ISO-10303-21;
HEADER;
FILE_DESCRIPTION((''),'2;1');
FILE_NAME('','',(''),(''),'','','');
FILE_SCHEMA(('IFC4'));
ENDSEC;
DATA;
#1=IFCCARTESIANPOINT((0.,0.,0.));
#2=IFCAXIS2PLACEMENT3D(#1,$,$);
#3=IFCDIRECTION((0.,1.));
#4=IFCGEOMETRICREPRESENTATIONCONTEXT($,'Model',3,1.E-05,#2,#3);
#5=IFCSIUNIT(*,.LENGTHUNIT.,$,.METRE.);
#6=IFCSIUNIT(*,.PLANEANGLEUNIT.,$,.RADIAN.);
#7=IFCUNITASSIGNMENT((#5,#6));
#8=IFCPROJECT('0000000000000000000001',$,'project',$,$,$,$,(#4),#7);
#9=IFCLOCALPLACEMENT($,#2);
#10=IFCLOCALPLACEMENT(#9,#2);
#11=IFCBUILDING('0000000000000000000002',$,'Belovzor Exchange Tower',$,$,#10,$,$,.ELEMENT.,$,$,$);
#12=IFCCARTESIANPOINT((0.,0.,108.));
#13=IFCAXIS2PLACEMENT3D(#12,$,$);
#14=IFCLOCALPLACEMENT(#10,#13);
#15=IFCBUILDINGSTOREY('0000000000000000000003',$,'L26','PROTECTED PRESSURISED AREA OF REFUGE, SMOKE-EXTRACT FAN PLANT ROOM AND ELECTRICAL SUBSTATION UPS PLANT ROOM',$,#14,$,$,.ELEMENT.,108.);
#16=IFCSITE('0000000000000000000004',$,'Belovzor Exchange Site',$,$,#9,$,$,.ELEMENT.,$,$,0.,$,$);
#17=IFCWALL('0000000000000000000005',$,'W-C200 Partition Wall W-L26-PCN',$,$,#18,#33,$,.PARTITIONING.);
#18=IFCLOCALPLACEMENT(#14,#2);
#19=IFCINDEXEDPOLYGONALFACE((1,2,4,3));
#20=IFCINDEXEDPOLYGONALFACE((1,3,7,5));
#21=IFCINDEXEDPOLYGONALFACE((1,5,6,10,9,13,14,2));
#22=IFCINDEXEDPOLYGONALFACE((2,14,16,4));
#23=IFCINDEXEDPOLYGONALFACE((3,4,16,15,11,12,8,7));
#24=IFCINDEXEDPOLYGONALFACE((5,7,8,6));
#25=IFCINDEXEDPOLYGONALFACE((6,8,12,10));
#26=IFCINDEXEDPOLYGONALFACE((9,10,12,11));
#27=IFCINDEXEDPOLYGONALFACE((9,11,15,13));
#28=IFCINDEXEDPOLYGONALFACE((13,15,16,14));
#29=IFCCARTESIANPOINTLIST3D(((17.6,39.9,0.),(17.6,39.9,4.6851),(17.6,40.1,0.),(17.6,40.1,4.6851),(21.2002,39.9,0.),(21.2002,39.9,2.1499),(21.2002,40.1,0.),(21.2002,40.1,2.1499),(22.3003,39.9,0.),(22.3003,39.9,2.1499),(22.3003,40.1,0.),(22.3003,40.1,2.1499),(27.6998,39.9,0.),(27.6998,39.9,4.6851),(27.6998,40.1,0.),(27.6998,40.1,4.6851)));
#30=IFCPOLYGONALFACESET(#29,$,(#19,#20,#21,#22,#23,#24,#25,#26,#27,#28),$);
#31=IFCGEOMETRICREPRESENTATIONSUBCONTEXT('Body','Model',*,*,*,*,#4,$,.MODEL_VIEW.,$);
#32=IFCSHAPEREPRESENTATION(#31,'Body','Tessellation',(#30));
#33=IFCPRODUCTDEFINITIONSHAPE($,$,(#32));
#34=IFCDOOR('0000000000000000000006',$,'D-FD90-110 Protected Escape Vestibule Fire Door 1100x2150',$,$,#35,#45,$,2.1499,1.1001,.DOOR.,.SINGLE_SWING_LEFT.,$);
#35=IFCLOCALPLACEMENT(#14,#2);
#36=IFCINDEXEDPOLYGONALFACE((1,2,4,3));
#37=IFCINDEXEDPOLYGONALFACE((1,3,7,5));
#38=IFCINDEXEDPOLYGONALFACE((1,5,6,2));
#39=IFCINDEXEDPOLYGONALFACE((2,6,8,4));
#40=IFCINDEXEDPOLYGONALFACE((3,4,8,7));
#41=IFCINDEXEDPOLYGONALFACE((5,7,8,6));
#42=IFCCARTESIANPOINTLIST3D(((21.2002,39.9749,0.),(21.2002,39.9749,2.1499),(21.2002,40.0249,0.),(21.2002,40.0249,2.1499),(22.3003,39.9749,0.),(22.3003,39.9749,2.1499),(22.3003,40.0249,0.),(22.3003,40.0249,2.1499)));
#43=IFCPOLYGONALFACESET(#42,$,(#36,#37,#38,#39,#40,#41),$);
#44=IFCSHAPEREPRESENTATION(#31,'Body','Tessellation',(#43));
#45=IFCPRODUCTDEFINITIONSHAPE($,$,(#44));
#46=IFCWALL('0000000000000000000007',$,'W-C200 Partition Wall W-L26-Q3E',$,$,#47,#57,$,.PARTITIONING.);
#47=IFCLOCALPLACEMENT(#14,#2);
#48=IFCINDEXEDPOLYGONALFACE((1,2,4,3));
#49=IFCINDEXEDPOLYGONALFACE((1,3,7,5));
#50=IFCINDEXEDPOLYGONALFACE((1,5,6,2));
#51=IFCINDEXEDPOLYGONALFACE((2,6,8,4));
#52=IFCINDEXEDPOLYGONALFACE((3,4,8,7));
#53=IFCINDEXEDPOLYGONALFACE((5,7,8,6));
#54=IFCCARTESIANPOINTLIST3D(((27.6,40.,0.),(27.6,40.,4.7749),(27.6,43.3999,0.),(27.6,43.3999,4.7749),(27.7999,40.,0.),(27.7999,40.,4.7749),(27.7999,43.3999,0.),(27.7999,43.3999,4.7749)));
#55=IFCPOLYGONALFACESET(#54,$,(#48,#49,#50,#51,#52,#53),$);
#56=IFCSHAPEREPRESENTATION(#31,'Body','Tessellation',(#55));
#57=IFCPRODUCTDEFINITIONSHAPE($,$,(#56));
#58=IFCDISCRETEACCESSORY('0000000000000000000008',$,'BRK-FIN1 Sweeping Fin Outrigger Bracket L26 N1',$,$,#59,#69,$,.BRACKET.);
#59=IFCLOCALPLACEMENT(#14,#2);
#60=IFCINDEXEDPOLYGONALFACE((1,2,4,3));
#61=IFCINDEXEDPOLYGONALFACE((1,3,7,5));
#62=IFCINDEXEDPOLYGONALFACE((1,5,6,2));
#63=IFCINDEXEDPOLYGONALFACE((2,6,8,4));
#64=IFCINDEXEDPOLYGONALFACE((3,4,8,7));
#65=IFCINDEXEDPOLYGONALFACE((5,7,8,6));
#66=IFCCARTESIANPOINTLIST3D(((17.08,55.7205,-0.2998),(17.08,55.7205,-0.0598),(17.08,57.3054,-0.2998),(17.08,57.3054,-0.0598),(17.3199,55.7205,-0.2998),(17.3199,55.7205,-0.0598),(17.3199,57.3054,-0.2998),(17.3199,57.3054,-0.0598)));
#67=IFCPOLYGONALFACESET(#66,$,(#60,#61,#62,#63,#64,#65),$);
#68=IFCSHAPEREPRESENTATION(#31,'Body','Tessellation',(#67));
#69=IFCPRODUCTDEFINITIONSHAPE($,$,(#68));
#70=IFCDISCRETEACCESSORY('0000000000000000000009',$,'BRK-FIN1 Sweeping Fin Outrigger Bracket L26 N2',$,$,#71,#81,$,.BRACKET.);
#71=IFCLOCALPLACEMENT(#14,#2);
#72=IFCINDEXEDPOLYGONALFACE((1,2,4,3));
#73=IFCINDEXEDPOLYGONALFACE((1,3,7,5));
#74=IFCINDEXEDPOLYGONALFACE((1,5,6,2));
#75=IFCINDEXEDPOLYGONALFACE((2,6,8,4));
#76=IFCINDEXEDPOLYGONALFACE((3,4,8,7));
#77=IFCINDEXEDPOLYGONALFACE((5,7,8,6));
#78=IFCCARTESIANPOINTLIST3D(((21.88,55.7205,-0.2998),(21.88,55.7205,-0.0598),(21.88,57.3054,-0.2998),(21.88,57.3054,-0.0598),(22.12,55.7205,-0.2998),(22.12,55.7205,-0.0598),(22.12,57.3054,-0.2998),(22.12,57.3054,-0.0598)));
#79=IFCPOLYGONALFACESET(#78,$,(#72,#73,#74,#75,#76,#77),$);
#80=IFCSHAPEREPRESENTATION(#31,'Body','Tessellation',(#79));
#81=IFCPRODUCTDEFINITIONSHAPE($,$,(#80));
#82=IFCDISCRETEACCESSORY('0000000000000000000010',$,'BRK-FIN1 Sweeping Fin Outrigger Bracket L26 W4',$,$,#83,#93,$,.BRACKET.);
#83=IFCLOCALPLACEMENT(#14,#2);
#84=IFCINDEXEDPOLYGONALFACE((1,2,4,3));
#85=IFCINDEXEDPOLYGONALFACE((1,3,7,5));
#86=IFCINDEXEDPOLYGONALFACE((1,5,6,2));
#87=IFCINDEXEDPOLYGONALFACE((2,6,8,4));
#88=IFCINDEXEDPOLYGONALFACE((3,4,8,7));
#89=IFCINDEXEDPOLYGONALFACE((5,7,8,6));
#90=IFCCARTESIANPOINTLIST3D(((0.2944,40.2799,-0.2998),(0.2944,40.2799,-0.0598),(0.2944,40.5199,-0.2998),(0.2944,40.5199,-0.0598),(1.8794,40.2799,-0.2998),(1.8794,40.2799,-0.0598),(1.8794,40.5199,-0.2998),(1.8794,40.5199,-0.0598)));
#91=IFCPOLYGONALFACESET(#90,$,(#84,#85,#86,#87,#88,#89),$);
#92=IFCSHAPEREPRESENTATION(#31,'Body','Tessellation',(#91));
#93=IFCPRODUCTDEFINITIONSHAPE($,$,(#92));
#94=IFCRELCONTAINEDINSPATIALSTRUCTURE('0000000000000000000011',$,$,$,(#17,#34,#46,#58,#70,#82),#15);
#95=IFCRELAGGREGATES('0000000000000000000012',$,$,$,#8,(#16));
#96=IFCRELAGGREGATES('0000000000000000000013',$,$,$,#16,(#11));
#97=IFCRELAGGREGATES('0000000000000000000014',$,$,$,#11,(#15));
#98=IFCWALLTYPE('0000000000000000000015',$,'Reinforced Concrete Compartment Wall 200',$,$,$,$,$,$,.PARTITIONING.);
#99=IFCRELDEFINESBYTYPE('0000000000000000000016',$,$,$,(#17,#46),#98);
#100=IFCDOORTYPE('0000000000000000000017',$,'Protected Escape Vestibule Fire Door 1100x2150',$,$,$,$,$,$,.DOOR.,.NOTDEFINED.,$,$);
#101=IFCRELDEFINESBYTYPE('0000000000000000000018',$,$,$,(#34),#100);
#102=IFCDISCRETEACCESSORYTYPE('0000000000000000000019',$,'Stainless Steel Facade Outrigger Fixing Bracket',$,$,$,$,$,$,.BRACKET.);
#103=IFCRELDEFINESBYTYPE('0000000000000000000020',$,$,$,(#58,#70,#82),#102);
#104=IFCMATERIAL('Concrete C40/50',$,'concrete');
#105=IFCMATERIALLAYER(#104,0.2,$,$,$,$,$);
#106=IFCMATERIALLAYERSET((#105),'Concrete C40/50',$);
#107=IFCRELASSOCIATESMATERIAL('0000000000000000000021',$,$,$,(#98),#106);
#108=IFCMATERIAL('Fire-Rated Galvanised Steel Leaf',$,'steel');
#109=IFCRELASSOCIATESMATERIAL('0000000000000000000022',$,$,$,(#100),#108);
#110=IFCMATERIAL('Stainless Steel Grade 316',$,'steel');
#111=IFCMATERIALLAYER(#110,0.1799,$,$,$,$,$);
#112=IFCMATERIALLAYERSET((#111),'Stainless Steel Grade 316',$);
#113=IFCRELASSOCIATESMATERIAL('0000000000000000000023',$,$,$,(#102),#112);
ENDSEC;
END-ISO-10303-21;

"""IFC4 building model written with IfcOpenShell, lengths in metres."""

from ifc_helpers import new_model, si_unit, direction, frame, frame_2d, origin, origin_2d, place, context, subcontext, project, spatial, rectangle, extrude, material, layer, layer_set, type_object, element, fill, save


model = new_model("IFC4")

# Units and contexts
model_context = context("Model", 3, precision=1e-05, world=origin(), true_north=direction((0.0, 1.0)))
body_context = subcontext(model_context, "Body", "Model", "MODEL_VIEW")
ifc_project = project(units=[si_unit("LENGTHUNIT", "METRE"), si_unit("PLANEANGLEUNIT", "RADIAN")], contexts=[model_context])

# Site, building, storey
site_placement = place(None, origin())
site = spatial("IfcSite", under=ifc_project, at=site_placement, Name="Belovzor Exchange Site", CompositionType="ELEMENT", RefElevation=0.0)
building_placement = place(site_placement, origin())
building = spatial("IfcBuilding", under=site, at=building_placement, Name="Belovzor Exchange Tower", CompositionType="ELEMENT")
storey_placement = place(building_placement, frame((0.0, 0.0, 108.0)))
storey = spatial("IfcBuildingStorey", under=building, at=storey_placement, Name="L26", Description="PROTECTED PRESSURISED AREA OF REFUGE, SMOKE-EXTRACT FAN PLANT ROOM AND ELECTRICAL SUBSTATION UPS PLANT ROOM", CompositionType="ELEMENT", Elevation=108.0)

# Wall, opening, door
ifc_material_1 = material(Name="Concrete C40/50", Category="concrete")
ifc_layer_1 = layer(ifc_material_1, 0.2)
ifc_layer_set_1 = layer_set([ifc_layer_1], Name="Concrete C40/50")
wall_type_1 = type_object("IfcWallType", Name="Reinforced Concrete Compartment Wall 200", PredefinedType="PARTITIONING", material=ifc_layer_set_1)
wall_1_placement = place(storey_placement, frame((17.6001, 40.0, 0.0), z_axis=(0.0, 0.0, 1.0), x_axis=(1.0, 0.0, 0.0)))
wall_1 = element("IfcWall", 1, at=wall_1_placement, inside=storey, type_object=wall_type_1, Name="W-C200 Partition Wall W-L26-PCN", PredefinedType="PARTITIONING", context=body_context, shape_type="SweptSolid", body=[
    extrude(rectangle(XDim=10.0999, YDim=0.2, at=frame_2d((5.0498, 0.0))), origin(), (0.0, 0.0, 1.0), 4.6851),
])
opening_placement = place(wall_1_placement, frame((3.6001, 0.0, 0.0)))
opening = element("IfcOpeningElement", 2, at=opening_placement, cuts=wall_1, PredefinedType="OPENING", context=body_context, shape_type="SweptSolid", body=[
    extrude(rectangle(XDim=1.1001, YDim=2.1499, at=frame_2d((0.55, 1.075))), frame((0.0, 0.1099, 0.0), z_axis=(0.0, -1.0, 0.0), x_axis=(1.0, 0.0, 0.0)), (0.0, 0.0, 1.0), 0.22),
])
ifc_material_2 = material(Name="Fire-Rated Galvanised Steel Leaf", Category="steel")
door_type = type_object("IfcDoorType", Name="Protected Escape Vestibule Fire Door 1100x2150", OperationType="NOTDEFINED", PredefinedType="DOOR", material=ifc_material_2)
door_placement = place(opening_placement, origin())
door = element("IfcDoor", 3, at=door_placement, inside=storey, type_object=door_type, Name="D-FD90-110 Protected Escape Vestibule Fire Door 1100x2150", OperationType="SINGLE_SWING_LEFT", OverallHeight=2.1499, OverallWidth=1.1001, PredefinedType="DOOR", context=body_context, shape_type="SweptSolid", body=[
    extrude(rectangle(XDim=1.1001, YDim=2.1499, at=frame_2d((0.55, 1.075))), frame((0.0, 0.0249, 0.0), z_axis=(0.0, -1.0, 0.0), x_axis=(1.0, 0.0, 0.0)), (0.0, 0.0, 1.0), 0.05),
])
fill(opening, door)

# Wall
wall_2_placement = place(storey_placement, frame((27.7, 40.0, 0.0), z_axis=(0.0, 0.0, 1.0), x_axis=(0.0, 1.0, 0.0)))
element("IfcWall", 4, at=wall_2_placement, inside=storey, type_object=wall_type_1, Name="W-C200 Partition Wall W-L26-Q3E", PredefinedType="PARTITIONING", context=body_context, shape_type="SweptSolid", body=[
    extrude(rectangle(XDim=3.3999, YDim=0.2, at=frame_2d((1.7, 0.0))), origin(), (0.0, 0.0, 1.0), 4.7749),
])

# Discrete accessories
ifc_material_3 = material(Name="Stainless Steel Grade 316", Category="steel")
ifc_layer_2 = layer(ifc_material_3, 0.1799)
ifc_layer_set_2 = layer_set([ifc_layer_2], Name="Stainless Steel Grade 316")
discrete_accessory_type = type_object("IfcDiscreteAccessoryType", Name="Stainless Steel Facade Outrigger Fixing Bracket", PredefinedType="BRACKET", material=ifc_layer_set_2)
for number, where, z_axis, x_axis, name in (
    (5, (17.2, 56.5129, -0.2998), (0.0, 0.0, 1.0), (0.0, 1.0, 0.0), "BRK-FIN1 Sweeping Fin Outrigger Bracket L26 N1"),
    (6, (22.0, 56.5129, -0.2998), (0.0, 0.0, 1.0), (0.0, 1.0, 0.0), "BRK-FIN1 Sweeping Fin Outrigger Bracket L26 N2"),
    (7, (1.0869, 40.3999, -0.2998), (0.0, 0.0, 1.0), (1.0, 0.0, 0.0), "BRK-FIN1 Sweeping Fin Outrigger Bracket L26 W4"),
):
    element("IfcDiscreteAccessory", number, at=place(storey_placement, frame(where, z_axis=z_axis, x_axis=x_axis)), inside=storey, type_object=discrete_accessory_type, Name=name, PredefinedType="BRACKET", context=body_context, shape_type="SweptSolid", body=[
        extrude(rectangle(XDim=1.585, YDim=0.24, at=origin_2d()), origin(), (0.0, 0.0, 1.0), 0.24),
    ])

save(model, "model.ifc")
